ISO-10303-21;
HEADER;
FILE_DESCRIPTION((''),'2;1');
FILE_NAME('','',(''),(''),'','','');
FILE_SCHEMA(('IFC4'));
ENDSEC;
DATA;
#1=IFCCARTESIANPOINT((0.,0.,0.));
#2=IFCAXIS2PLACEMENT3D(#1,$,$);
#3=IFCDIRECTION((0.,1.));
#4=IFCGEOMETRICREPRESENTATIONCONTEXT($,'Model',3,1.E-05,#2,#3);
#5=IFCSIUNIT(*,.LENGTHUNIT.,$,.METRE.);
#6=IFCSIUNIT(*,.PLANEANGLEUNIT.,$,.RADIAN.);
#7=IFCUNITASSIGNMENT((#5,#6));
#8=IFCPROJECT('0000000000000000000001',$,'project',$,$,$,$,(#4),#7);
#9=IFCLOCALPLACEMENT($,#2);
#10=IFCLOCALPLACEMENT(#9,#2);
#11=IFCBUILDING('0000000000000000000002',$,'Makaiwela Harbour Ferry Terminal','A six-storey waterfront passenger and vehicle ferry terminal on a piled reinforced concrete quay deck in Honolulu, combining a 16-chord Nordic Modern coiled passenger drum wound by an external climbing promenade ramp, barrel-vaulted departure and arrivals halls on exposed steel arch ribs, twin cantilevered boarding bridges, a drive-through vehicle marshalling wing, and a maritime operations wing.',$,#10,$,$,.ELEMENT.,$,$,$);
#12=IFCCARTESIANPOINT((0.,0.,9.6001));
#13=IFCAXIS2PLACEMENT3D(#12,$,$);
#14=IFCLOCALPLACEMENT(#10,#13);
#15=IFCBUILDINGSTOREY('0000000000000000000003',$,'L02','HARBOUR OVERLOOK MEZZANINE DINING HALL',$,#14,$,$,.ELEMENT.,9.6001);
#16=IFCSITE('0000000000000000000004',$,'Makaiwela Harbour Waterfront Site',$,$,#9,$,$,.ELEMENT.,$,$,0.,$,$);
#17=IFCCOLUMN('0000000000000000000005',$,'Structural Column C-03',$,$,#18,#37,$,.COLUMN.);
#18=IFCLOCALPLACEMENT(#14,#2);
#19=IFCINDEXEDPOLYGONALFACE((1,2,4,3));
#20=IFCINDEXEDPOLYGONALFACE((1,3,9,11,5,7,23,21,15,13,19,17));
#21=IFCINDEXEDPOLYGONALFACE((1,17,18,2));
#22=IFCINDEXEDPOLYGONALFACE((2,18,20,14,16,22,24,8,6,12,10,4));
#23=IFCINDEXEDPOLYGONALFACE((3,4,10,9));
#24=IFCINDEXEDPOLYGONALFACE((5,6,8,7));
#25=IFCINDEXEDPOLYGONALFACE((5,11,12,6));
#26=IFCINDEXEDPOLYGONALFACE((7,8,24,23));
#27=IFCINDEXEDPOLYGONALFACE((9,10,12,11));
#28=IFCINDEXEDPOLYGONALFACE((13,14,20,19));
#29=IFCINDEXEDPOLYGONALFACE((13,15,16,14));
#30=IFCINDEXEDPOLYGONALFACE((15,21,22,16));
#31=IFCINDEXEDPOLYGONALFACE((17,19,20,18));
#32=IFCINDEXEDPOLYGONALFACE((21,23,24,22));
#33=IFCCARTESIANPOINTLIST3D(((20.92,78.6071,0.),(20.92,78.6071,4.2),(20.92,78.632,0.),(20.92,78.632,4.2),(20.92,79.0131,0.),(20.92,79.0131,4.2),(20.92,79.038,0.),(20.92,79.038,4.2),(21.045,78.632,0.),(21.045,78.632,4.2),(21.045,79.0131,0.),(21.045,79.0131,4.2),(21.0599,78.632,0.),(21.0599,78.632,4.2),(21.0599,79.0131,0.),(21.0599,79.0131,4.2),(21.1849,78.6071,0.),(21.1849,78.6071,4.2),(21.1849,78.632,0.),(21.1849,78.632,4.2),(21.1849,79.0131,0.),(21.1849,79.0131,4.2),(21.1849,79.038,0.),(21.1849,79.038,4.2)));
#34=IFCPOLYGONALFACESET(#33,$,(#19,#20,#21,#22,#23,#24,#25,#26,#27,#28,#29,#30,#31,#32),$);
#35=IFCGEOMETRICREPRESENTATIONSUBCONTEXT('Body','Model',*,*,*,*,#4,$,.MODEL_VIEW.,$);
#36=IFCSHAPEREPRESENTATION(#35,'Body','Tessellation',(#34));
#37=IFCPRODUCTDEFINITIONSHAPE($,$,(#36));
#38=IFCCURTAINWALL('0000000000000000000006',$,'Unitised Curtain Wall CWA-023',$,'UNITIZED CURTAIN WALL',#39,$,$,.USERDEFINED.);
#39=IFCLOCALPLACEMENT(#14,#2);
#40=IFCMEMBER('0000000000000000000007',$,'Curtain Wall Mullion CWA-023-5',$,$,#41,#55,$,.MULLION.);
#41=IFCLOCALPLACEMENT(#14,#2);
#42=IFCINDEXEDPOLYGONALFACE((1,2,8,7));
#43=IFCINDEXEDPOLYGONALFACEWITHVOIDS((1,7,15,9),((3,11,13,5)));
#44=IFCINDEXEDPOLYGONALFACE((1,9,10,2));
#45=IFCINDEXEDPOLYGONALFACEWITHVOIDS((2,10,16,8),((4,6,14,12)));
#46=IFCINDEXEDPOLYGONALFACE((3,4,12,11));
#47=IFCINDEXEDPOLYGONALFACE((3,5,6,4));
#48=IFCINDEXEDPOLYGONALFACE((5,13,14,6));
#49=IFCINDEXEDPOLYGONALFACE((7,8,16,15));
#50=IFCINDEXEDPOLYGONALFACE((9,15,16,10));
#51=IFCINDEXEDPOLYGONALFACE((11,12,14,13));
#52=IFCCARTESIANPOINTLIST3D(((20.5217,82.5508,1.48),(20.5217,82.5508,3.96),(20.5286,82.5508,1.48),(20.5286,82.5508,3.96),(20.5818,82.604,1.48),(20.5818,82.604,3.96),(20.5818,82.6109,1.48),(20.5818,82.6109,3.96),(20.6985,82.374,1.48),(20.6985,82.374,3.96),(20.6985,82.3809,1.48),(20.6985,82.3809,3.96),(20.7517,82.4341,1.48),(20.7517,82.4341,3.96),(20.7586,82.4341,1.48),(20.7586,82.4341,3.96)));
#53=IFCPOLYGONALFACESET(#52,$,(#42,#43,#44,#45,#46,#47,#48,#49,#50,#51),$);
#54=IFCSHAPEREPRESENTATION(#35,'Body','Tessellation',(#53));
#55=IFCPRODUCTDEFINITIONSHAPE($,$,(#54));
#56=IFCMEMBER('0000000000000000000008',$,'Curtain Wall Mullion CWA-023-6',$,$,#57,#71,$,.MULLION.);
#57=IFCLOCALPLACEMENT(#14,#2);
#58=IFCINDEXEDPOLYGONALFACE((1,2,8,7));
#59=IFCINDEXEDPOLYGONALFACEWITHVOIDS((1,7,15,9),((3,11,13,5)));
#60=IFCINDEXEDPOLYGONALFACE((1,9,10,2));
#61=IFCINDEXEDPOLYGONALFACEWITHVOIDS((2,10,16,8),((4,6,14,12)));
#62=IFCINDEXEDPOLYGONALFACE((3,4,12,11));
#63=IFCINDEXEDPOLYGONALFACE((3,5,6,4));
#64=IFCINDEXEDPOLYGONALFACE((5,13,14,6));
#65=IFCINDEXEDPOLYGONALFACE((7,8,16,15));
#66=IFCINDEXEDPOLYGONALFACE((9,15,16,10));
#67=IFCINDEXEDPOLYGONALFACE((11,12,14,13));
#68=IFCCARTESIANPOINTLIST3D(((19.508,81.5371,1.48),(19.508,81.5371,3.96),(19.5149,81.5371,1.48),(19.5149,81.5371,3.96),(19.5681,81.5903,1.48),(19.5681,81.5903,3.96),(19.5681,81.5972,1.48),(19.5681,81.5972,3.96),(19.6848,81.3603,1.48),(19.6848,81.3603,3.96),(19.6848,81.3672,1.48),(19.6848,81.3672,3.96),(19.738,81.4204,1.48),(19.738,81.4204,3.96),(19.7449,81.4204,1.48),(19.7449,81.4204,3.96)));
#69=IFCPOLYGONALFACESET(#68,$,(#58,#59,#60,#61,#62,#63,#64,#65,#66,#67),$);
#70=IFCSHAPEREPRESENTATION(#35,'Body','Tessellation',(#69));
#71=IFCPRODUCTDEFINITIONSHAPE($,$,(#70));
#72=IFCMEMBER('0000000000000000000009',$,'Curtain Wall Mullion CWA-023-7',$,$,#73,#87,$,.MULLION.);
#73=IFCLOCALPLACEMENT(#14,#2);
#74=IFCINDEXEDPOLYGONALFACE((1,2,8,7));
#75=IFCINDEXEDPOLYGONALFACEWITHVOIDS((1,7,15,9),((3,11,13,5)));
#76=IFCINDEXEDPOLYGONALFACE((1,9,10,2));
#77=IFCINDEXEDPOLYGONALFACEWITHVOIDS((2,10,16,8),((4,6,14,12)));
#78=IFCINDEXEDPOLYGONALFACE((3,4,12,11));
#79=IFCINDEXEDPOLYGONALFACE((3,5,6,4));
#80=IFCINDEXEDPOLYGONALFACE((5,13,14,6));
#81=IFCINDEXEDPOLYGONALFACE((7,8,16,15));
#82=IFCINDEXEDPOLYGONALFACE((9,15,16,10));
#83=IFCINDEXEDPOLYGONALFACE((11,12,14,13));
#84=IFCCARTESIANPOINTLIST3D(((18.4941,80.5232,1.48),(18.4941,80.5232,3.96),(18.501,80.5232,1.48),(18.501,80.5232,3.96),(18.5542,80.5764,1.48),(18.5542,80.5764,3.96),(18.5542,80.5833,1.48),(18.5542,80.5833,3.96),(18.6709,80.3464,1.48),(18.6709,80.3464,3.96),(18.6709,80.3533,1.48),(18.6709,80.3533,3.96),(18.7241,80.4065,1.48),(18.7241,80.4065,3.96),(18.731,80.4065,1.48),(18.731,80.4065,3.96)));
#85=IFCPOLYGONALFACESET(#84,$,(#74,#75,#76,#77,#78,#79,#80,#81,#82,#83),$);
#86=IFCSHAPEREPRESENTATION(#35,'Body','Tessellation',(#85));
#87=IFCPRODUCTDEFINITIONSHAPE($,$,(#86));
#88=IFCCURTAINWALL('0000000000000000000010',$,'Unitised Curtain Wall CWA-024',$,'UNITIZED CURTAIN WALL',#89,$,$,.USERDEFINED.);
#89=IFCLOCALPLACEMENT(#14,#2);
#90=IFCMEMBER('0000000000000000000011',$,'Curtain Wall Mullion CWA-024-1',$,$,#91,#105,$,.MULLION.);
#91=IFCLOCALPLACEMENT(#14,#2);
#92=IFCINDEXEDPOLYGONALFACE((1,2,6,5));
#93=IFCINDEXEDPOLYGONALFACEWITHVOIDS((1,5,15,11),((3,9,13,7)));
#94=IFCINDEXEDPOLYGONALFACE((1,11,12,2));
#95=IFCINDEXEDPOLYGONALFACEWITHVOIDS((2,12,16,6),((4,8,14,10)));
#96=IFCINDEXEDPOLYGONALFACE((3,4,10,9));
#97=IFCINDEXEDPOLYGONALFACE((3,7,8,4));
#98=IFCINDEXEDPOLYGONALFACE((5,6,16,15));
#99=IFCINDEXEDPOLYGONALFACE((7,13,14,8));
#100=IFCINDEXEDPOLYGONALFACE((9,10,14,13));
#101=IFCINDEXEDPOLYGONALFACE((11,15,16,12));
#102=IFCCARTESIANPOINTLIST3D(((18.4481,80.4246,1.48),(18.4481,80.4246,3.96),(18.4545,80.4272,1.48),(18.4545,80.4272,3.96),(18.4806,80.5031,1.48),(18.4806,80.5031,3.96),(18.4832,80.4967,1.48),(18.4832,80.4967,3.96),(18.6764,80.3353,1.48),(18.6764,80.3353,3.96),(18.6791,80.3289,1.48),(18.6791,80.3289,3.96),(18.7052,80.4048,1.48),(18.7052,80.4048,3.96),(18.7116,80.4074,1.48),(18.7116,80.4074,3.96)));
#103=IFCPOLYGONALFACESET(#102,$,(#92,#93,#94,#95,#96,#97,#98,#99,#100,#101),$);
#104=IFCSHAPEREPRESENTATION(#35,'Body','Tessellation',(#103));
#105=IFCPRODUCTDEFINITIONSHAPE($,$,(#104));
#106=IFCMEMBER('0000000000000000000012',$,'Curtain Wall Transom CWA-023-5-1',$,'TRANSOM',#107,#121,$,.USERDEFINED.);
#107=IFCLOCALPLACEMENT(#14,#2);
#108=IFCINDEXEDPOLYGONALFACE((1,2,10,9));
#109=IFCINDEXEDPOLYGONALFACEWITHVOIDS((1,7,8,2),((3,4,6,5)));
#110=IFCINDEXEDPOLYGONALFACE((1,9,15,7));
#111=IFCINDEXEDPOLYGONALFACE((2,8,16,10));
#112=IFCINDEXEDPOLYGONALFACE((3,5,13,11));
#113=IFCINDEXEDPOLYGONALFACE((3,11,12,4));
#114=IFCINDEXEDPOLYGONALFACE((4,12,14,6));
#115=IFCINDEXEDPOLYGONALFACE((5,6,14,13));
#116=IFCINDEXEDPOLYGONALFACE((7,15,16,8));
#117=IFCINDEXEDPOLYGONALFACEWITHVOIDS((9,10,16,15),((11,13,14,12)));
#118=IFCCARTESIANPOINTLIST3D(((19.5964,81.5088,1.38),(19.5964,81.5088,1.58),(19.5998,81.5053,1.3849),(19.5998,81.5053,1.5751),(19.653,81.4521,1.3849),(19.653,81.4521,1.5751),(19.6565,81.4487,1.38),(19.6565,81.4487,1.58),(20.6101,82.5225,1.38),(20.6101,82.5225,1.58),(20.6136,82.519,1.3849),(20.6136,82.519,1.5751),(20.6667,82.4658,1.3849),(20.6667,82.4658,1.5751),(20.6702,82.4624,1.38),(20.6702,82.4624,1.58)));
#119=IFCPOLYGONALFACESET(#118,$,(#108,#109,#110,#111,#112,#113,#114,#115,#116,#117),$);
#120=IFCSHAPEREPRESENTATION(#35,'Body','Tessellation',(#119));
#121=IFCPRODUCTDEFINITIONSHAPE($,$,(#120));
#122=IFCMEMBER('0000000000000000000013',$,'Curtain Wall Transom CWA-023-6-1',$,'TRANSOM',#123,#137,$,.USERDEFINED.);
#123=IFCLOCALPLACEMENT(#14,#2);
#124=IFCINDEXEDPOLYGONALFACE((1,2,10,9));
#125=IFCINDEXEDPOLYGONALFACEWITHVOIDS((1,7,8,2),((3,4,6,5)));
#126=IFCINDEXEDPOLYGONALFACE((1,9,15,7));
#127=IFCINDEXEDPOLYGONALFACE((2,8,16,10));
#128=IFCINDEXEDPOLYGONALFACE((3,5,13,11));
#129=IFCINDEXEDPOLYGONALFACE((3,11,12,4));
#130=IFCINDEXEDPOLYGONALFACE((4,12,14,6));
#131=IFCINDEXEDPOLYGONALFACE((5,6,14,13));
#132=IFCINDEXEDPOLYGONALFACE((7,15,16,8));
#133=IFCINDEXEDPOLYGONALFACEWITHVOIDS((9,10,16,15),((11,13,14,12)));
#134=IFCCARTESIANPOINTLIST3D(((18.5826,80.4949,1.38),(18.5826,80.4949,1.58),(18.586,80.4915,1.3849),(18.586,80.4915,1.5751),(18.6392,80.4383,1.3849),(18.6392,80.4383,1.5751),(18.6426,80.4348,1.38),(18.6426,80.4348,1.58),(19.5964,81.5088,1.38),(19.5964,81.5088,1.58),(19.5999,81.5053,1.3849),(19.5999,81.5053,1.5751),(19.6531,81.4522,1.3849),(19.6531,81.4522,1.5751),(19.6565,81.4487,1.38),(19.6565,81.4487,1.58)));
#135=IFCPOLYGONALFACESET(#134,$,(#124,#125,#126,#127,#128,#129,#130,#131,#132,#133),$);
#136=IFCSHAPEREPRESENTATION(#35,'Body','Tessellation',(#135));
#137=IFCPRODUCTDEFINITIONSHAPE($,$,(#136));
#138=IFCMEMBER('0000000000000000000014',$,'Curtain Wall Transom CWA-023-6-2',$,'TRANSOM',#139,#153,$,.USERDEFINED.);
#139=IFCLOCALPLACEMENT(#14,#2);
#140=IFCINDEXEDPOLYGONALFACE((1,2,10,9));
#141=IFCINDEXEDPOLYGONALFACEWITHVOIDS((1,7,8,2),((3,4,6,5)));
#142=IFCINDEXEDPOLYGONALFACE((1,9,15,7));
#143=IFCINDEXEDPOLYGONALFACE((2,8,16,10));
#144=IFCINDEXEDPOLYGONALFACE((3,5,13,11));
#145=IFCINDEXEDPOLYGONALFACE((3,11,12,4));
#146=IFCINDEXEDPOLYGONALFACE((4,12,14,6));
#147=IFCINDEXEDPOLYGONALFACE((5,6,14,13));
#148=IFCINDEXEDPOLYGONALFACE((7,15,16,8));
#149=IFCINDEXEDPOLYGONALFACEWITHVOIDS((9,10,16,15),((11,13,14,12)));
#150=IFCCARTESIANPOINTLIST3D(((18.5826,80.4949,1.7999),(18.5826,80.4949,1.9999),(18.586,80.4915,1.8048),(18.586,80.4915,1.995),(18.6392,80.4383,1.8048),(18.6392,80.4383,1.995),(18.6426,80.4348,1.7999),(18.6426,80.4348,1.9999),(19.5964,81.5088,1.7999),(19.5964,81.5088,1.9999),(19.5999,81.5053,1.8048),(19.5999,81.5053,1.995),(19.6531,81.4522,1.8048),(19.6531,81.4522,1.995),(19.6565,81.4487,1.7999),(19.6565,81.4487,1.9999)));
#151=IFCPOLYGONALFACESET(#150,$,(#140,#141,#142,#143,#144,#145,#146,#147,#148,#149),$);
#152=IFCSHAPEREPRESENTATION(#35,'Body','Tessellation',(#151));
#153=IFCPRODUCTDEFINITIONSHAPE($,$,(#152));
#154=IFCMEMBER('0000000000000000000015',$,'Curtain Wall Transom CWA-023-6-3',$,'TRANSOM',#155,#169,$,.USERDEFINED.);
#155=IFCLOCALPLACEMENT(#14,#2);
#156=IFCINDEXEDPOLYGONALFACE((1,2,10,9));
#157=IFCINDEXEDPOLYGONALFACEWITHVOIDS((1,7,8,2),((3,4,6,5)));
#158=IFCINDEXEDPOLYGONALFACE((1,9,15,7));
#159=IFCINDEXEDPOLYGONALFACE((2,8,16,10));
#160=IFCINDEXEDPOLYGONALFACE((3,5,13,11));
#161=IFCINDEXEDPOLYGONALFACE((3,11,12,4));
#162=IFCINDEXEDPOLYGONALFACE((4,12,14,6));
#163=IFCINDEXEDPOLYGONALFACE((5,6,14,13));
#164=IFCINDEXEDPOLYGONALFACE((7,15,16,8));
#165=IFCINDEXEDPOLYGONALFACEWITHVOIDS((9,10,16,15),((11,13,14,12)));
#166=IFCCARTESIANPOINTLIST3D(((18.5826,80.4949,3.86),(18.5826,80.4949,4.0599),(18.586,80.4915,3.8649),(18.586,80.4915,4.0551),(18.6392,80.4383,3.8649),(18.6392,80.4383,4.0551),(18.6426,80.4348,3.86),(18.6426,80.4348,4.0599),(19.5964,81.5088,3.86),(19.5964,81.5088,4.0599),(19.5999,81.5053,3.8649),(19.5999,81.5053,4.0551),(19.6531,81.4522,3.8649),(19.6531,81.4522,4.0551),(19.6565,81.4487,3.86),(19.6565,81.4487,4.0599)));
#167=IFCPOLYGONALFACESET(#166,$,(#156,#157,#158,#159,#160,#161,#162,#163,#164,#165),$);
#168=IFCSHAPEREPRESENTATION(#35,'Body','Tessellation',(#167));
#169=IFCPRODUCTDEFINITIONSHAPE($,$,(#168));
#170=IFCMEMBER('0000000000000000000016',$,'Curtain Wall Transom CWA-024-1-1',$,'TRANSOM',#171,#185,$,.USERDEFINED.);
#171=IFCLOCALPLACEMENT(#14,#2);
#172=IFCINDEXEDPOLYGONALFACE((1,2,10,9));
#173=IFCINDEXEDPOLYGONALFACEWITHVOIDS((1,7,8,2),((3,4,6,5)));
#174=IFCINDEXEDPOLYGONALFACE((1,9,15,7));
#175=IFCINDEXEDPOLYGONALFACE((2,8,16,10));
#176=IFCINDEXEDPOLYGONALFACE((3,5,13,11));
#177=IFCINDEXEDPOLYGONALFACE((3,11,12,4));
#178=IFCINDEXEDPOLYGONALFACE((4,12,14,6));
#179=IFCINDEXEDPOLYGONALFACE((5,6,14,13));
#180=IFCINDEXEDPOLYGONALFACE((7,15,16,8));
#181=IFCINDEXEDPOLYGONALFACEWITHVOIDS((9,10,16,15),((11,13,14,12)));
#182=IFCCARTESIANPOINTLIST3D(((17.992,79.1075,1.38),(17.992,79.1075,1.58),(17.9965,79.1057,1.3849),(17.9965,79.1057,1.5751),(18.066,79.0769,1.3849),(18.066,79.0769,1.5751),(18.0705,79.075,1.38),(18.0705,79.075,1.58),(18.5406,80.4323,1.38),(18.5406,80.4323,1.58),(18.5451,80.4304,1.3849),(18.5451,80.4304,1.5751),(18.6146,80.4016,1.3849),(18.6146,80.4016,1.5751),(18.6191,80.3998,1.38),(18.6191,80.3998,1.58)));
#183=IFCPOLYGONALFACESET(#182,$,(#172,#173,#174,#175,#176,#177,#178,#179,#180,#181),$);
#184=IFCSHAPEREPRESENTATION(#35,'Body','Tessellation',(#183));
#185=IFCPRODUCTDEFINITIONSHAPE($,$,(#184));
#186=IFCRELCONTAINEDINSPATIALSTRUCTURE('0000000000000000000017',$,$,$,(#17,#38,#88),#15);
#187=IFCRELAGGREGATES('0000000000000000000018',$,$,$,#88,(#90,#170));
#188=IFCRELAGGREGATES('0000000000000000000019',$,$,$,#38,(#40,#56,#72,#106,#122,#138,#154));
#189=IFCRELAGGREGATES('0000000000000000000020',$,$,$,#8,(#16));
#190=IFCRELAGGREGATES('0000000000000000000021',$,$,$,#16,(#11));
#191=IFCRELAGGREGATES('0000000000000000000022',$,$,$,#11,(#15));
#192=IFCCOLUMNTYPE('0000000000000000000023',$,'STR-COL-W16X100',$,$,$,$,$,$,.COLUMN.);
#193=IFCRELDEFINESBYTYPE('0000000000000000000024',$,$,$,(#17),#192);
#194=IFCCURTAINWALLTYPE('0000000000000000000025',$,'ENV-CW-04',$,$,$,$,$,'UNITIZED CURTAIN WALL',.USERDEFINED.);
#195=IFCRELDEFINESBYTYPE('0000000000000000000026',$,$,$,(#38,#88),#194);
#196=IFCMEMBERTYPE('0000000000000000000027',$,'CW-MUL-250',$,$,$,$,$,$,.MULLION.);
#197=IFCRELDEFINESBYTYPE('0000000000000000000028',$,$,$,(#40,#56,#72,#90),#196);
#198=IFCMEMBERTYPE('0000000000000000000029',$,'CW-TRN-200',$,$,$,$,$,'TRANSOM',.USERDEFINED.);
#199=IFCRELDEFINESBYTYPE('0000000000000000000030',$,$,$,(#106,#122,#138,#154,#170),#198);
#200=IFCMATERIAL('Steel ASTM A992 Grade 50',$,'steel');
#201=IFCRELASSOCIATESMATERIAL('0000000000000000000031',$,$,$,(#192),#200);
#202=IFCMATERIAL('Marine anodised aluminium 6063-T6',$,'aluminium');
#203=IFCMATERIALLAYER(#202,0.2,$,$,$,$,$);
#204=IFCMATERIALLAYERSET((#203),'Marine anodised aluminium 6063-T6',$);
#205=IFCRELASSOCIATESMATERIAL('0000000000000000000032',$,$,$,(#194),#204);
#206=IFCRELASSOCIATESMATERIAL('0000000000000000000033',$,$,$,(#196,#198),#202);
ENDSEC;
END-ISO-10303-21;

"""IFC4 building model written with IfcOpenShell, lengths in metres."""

from ifc_helpers import new_model, si_unit, direction, frame, origin, origin_2d, place, context, subcontext, project, spatial, hollow_rectangle, i_section, extrude, material, layer, layer_set, material_profile, profile_set, type_object, element, aggregate, save


model = new_model("IFC4")

# Units and contexts
model_context = context("Model", 3, precision=1e-05, world=origin(), true_north=direction((0.0, 1.0)))
body_context = subcontext(model_context, "Body", "Model", "MODEL_VIEW")
ifc_project = project(units=[si_unit("LENGTHUNIT", "METRE"), si_unit("PLANEANGLEUNIT", "RADIAN")], contexts=[model_context])

# Site, building, storey
site_placement = place(None, origin())
site = spatial("IfcSite", under=ifc_project, at=site_placement, Name="Makaiwela Harbour Waterfront Site", CompositionType="ELEMENT", RefElevation=0.0)
building_placement = place(site_placement, origin())
building = spatial("IfcBuilding", under=site, at=building_placement, Name="Makaiwela Harbour Ferry Terminal", Description="A six-storey waterfront passenger and vehicle ferry terminal on a piled reinforced concrete quay deck in Honolulu, combining a 16-chord Nordic Modern coiled passenger drum wound by an external climbing promenade ramp, barrel-vaulted departure and arrivals halls on exposed steel arch ribs, twin cantilevered boarding bridges, a drive-through vehicle marshalling wing, and a maritime operations wing.", CompositionType="ELEMENT")
storey_placement = place(building_placement, frame((0.0, 0.0, 9.6001)))
storey = spatial("IfcBuildingStorey", under=building, at=storey_placement, Name="L02", Description="HARBOUR OVERLOOK MEZZANINE DINING HALL", CompositionType="ELEMENT", Elevation=9.6001)

# Column
ifc_material_1 = material(Name="Steel ASTM A992 Grade 50", Category="steel")
ifc_material_profile_1 = material_profile(ifc_material_1, i_section(OverallWidth=0.2649, OverallDepth=0.4309, WebThickness=0.0149, FlangeThickness=0.0249, at=origin_2d()), Name="W16X100")
ifc_profile_set_1 = profile_set([ifc_material_profile_1], Name="Steel ASTM A992 Grade 50")
column_type = type_object("IfcColumnType", Name="STR-COL-W16X100", PredefinedType="COLUMN", material=ifc_profile_set_1)
column_placement = place(storey_placement, frame((21.0525, 78.8225, 0.0), z_axis=(0.0, 0.0, 1.0), x_axis=(1.0, 0.0, 0.0)))
element("IfcColumn", 1, at=column_placement, inside=storey, type_object=column_type, Name="Structural Column C-03", PredefinedType="COLUMN", context=body_context, shape_type="SweptSolid", body=[
    extrude(i_section(OverallWidth=0.2649, OverallDepth=0.4309, WebThickness=0.0149, FlangeThickness=0.0249, at=origin_2d()), origin(), (0.0, 0.0, 1.0), 4.2),
])

# Curtain wall, members
ifc_material_2 = material(Name="Marine anodised aluminium 6063-T6", Category="aluminium")
ifc_layer_1 = layer(ifc_material_2, 0.2)
ifc_layer_set_1 = layer_set([ifc_layer_1], Name="Marine anodised aluminium 6063-T6")
curtain_wall_type = type_object("IfcCurtainWallType", Name="ENV-CW-04", ElementType="UNITIZED CURTAIN WALL", PredefinedType="USERDEFINED", material=ifc_layer_set_1)
curtain_wall_1_placement = place(storey_placement, origin())
curtain_wall_1 = element("IfcCurtainWall", 2, at=curtain_wall_1_placement, inside=storey, type_object=curtain_wall_type, Name="Unitised Curtain Wall CWA-023", ObjectType="UNITIZED CURTAIN WALL", PredefinedType="USERDEFINED")
ifc_material_profile_2 = material_profile(ifc_material_2, hollow_rectangle(XDim=0.085, YDim=0.25, WallThickness=0.0049, at=origin_2d()), Name="CWM-250X85")
ifc_profile_set_2 = profile_set([ifc_material_profile_2], Name="Marine anodised aluminium 6063-T6")
member_type_1 = type_object("IfcMemberType", Name="CW-MUL-250", PredefinedType="MULLION", material=ifc_profile_set_2)
member_1_placement = place(storey_placement, frame((20.6401, 82.4924, 1.48), z_axis=(0.0, 0.0, 1.0), x_axis=(0.707107, 0.707107, 0.0)))
member_1 = element("IfcMember", 3, at=member_1_placement, type_object=member_type_1, Name="Curtain Wall Mullion CWA-023-5", PredefinedType="MULLION", context=body_context, shape_type="SweptSolid", body=[
    extrude(hollow_rectangle(XDim=0.085, YDim=0.25, WallThickness=0.0049, at=origin_2d()), origin(), (0.0, 0.0, 1.0), 2.48),
])
member_2_placement = place(storey_placement, frame((19.6265, 81.4788, 1.48), z_axis=(0.0, 0.0, 1.0), x_axis=(0.707107, 0.707107, 0.0)))
member_2 = element("IfcMember", 4, at=member_2_placement, type_object=member_type_1, Name="Curtain Wall Mullion CWA-023-6", PredefinedType="MULLION", context=body_context, shape_type="SweptSolid", body=[
    extrude(hollow_rectangle(XDim=0.085, YDim=0.25, WallThickness=0.0049, at=origin_2d()), origin(), (0.0, 0.0, 1.0), 2.48),
])
member_3_placement = place(storey_placement, frame((18.6125, 80.4648, 1.48), z_axis=(0.0, 0.0, 1.0), x_axis=(0.707107, 0.707107, 0.0)))
member_3 = element("IfcMember", 5, at=member_3_placement, type_object=member_type_1, Name="Curtain Wall Mullion CWA-023-7", PredefinedType="MULLION", context=body_context, shape_type="SweptSolid", body=[
    extrude(hollow_rectangle(XDim=0.085, YDim=0.25, WallThickness=0.0049, at=origin_2d()), origin(), (0.0, 0.0, 1.0), 2.48),
])

# Curtain wall, member
curtain_wall_2_placement = place(storey_placement, origin())
curtain_wall_2 = element("IfcCurtainWall", 6, at=curtain_wall_2_placement, inside=storey, type_object=curtain_wall_type, Name="Unitised Curtain Wall CWA-024", ObjectType="UNITIZED CURTAIN WALL", PredefinedType="USERDEFINED")
member_4_placement = place(storey_placement, frame((18.5798, 80.416, 1.48), z_axis=(0.0, 0.0, 1.0), x_axis=(0.382683, 0.92388, 0.0)))
member_4 = element("IfcMember", 7, at=member_4_placement, type_object=member_type_1, Name="Curtain Wall Mullion CWA-024-1", PredefinedType="MULLION", context=body_context, shape_type="SweptSolid", body=[
    extrude(hollow_rectangle(XDim=0.085, YDim=0.25, WallThickness=0.0049, at=origin_2d()), origin(), (0.0, 0.0, 1.0), 2.48),
])

# Members
ifc_material_profile_3 = material_profile(ifc_material_2, hollow_rectangle(XDim=0.085, YDim=0.2, WallThickness=0.0049, at=origin_2d()), Name="CWT-200X85")
ifc_profile_set_3 = profile_set([ifc_material_profile_3], Name="Marine anodised aluminium 6063-T6")
member_type_2 = type_object("IfcMemberType", Name="CW-TRN-200", ElementType="TRANSOM", PredefinedType="USERDEFINED", material=ifc_profile_set_3)
member_5_placement = place(storey_placement, frame((20.6401, 82.4924, 1.48), z_axis=(-0.707107, -0.707107, 0.0), x_axis=(0.707107, -0.707107, 0.0)))
member_5 = element("IfcMember", 8, at=member_5_placement, type_object=member_type_2, Name="Curtain Wall Transom CWA-023-5-1", ObjectType="TRANSOM", PredefinedType="USERDEFINED", context=body_context, shape_type="SweptSolid", body=[
    extrude(hollow_rectangle(XDim=0.085, YDim=0.2, WallThickness=0.0049, at=origin_2d()), origin(), (0.0, 0.0, 1.0), 1.4336),
])
member_6_placement = place(storey_placement, frame((19.6265, 81.4788, 1.48), z_axis=(-0.707107, -0.707107, 0.0), x_axis=(0.707107, -0.707107, 0.0)))
member_6 = element("IfcMember", 9, at=member_6_placement, type_object=member_type_2, Name="Curtain Wall Transom CWA-023-6-1", ObjectType="TRANSOM", PredefinedType="USERDEFINED", context=body_context, shape_type="SweptSolid", body=[
    extrude(hollow_rectangle(XDim=0.085, YDim=0.2, WallThickness=0.0049, at=origin_2d()), origin(), (0.0, 0.0, 1.0), 1.4338),
])
member_7_placement = place(storey_placement, frame((19.6265, 81.4788, 1.8999), z_axis=(-0.707107, -0.707107, 0.0), x_axis=(0.707107, -0.707107, 0.0)))
member_7 = element("IfcMember", 10, at=member_7_placement, type_object=member_type_2, Name="Curtain Wall Transom CWA-023-6-2", ObjectType="TRANSOM", PredefinedType="USERDEFINED", context=body_context, shape_type="SweptSolid", body=[
    extrude(hollow_rectangle(XDim=0.085, YDim=0.2, WallThickness=0.0049, at=origin_2d()), origin(), (0.0, 0.0, 1.0), 1.4338),
])
member_8_placement = place(storey_placement, frame((19.6265, 81.4788, 3.96), z_axis=(-0.707107, -0.707107, 0.0), x_axis=(0.707107, -0.707107, 0.0)))
member_8 = element("IfcMember", 11, at=member_8_placement, type_object=member_type_2, Name="Curtain Wall Transom CWA-023-6-3", ObjectType="TRANSOM", PredefinedType="USERDEFINED", context=body_context, shape_type="SweptSolid", body=[
    extrude(hollow_rectangle(XDim=0.085, YDim=0.2, WallThickness=0.0049, at=origin_2d()), origin(), (0.0, 0.0, 1.0), 1.4338),
])
member_9_placement = place(storey_placement, frame((18.5798, 80.416, 1.48), z_axis=(-0.382607, -0.923911, 0.0), x_axis=(0.923911, -0.382607, 0.0)))
member_9 = element("IfcMember", 12, at=member_9_placement, type_object=member_type_2, Name="Curtain Wall Transom CWA-024-1-1", ObjectType="TRANSOM", PredefinedType="USERDEFINED", context=body_context, shape_type="SweptSolid", body=[
    extrude(hollow_rectangle(XDim=0.085, YDim=0.2, WallThickness=0.0049, at=origin_2d()), origin(), (0.0, 0.0, 1.0), 1.4338),
])
aggregate(curtain_wall_2, [member_4, member_9])

aggregate(curtain_wall_1, [member_1, member_2, member_3, member_5, member_6, member_7, member_8])

save(model, "model.ifc")
